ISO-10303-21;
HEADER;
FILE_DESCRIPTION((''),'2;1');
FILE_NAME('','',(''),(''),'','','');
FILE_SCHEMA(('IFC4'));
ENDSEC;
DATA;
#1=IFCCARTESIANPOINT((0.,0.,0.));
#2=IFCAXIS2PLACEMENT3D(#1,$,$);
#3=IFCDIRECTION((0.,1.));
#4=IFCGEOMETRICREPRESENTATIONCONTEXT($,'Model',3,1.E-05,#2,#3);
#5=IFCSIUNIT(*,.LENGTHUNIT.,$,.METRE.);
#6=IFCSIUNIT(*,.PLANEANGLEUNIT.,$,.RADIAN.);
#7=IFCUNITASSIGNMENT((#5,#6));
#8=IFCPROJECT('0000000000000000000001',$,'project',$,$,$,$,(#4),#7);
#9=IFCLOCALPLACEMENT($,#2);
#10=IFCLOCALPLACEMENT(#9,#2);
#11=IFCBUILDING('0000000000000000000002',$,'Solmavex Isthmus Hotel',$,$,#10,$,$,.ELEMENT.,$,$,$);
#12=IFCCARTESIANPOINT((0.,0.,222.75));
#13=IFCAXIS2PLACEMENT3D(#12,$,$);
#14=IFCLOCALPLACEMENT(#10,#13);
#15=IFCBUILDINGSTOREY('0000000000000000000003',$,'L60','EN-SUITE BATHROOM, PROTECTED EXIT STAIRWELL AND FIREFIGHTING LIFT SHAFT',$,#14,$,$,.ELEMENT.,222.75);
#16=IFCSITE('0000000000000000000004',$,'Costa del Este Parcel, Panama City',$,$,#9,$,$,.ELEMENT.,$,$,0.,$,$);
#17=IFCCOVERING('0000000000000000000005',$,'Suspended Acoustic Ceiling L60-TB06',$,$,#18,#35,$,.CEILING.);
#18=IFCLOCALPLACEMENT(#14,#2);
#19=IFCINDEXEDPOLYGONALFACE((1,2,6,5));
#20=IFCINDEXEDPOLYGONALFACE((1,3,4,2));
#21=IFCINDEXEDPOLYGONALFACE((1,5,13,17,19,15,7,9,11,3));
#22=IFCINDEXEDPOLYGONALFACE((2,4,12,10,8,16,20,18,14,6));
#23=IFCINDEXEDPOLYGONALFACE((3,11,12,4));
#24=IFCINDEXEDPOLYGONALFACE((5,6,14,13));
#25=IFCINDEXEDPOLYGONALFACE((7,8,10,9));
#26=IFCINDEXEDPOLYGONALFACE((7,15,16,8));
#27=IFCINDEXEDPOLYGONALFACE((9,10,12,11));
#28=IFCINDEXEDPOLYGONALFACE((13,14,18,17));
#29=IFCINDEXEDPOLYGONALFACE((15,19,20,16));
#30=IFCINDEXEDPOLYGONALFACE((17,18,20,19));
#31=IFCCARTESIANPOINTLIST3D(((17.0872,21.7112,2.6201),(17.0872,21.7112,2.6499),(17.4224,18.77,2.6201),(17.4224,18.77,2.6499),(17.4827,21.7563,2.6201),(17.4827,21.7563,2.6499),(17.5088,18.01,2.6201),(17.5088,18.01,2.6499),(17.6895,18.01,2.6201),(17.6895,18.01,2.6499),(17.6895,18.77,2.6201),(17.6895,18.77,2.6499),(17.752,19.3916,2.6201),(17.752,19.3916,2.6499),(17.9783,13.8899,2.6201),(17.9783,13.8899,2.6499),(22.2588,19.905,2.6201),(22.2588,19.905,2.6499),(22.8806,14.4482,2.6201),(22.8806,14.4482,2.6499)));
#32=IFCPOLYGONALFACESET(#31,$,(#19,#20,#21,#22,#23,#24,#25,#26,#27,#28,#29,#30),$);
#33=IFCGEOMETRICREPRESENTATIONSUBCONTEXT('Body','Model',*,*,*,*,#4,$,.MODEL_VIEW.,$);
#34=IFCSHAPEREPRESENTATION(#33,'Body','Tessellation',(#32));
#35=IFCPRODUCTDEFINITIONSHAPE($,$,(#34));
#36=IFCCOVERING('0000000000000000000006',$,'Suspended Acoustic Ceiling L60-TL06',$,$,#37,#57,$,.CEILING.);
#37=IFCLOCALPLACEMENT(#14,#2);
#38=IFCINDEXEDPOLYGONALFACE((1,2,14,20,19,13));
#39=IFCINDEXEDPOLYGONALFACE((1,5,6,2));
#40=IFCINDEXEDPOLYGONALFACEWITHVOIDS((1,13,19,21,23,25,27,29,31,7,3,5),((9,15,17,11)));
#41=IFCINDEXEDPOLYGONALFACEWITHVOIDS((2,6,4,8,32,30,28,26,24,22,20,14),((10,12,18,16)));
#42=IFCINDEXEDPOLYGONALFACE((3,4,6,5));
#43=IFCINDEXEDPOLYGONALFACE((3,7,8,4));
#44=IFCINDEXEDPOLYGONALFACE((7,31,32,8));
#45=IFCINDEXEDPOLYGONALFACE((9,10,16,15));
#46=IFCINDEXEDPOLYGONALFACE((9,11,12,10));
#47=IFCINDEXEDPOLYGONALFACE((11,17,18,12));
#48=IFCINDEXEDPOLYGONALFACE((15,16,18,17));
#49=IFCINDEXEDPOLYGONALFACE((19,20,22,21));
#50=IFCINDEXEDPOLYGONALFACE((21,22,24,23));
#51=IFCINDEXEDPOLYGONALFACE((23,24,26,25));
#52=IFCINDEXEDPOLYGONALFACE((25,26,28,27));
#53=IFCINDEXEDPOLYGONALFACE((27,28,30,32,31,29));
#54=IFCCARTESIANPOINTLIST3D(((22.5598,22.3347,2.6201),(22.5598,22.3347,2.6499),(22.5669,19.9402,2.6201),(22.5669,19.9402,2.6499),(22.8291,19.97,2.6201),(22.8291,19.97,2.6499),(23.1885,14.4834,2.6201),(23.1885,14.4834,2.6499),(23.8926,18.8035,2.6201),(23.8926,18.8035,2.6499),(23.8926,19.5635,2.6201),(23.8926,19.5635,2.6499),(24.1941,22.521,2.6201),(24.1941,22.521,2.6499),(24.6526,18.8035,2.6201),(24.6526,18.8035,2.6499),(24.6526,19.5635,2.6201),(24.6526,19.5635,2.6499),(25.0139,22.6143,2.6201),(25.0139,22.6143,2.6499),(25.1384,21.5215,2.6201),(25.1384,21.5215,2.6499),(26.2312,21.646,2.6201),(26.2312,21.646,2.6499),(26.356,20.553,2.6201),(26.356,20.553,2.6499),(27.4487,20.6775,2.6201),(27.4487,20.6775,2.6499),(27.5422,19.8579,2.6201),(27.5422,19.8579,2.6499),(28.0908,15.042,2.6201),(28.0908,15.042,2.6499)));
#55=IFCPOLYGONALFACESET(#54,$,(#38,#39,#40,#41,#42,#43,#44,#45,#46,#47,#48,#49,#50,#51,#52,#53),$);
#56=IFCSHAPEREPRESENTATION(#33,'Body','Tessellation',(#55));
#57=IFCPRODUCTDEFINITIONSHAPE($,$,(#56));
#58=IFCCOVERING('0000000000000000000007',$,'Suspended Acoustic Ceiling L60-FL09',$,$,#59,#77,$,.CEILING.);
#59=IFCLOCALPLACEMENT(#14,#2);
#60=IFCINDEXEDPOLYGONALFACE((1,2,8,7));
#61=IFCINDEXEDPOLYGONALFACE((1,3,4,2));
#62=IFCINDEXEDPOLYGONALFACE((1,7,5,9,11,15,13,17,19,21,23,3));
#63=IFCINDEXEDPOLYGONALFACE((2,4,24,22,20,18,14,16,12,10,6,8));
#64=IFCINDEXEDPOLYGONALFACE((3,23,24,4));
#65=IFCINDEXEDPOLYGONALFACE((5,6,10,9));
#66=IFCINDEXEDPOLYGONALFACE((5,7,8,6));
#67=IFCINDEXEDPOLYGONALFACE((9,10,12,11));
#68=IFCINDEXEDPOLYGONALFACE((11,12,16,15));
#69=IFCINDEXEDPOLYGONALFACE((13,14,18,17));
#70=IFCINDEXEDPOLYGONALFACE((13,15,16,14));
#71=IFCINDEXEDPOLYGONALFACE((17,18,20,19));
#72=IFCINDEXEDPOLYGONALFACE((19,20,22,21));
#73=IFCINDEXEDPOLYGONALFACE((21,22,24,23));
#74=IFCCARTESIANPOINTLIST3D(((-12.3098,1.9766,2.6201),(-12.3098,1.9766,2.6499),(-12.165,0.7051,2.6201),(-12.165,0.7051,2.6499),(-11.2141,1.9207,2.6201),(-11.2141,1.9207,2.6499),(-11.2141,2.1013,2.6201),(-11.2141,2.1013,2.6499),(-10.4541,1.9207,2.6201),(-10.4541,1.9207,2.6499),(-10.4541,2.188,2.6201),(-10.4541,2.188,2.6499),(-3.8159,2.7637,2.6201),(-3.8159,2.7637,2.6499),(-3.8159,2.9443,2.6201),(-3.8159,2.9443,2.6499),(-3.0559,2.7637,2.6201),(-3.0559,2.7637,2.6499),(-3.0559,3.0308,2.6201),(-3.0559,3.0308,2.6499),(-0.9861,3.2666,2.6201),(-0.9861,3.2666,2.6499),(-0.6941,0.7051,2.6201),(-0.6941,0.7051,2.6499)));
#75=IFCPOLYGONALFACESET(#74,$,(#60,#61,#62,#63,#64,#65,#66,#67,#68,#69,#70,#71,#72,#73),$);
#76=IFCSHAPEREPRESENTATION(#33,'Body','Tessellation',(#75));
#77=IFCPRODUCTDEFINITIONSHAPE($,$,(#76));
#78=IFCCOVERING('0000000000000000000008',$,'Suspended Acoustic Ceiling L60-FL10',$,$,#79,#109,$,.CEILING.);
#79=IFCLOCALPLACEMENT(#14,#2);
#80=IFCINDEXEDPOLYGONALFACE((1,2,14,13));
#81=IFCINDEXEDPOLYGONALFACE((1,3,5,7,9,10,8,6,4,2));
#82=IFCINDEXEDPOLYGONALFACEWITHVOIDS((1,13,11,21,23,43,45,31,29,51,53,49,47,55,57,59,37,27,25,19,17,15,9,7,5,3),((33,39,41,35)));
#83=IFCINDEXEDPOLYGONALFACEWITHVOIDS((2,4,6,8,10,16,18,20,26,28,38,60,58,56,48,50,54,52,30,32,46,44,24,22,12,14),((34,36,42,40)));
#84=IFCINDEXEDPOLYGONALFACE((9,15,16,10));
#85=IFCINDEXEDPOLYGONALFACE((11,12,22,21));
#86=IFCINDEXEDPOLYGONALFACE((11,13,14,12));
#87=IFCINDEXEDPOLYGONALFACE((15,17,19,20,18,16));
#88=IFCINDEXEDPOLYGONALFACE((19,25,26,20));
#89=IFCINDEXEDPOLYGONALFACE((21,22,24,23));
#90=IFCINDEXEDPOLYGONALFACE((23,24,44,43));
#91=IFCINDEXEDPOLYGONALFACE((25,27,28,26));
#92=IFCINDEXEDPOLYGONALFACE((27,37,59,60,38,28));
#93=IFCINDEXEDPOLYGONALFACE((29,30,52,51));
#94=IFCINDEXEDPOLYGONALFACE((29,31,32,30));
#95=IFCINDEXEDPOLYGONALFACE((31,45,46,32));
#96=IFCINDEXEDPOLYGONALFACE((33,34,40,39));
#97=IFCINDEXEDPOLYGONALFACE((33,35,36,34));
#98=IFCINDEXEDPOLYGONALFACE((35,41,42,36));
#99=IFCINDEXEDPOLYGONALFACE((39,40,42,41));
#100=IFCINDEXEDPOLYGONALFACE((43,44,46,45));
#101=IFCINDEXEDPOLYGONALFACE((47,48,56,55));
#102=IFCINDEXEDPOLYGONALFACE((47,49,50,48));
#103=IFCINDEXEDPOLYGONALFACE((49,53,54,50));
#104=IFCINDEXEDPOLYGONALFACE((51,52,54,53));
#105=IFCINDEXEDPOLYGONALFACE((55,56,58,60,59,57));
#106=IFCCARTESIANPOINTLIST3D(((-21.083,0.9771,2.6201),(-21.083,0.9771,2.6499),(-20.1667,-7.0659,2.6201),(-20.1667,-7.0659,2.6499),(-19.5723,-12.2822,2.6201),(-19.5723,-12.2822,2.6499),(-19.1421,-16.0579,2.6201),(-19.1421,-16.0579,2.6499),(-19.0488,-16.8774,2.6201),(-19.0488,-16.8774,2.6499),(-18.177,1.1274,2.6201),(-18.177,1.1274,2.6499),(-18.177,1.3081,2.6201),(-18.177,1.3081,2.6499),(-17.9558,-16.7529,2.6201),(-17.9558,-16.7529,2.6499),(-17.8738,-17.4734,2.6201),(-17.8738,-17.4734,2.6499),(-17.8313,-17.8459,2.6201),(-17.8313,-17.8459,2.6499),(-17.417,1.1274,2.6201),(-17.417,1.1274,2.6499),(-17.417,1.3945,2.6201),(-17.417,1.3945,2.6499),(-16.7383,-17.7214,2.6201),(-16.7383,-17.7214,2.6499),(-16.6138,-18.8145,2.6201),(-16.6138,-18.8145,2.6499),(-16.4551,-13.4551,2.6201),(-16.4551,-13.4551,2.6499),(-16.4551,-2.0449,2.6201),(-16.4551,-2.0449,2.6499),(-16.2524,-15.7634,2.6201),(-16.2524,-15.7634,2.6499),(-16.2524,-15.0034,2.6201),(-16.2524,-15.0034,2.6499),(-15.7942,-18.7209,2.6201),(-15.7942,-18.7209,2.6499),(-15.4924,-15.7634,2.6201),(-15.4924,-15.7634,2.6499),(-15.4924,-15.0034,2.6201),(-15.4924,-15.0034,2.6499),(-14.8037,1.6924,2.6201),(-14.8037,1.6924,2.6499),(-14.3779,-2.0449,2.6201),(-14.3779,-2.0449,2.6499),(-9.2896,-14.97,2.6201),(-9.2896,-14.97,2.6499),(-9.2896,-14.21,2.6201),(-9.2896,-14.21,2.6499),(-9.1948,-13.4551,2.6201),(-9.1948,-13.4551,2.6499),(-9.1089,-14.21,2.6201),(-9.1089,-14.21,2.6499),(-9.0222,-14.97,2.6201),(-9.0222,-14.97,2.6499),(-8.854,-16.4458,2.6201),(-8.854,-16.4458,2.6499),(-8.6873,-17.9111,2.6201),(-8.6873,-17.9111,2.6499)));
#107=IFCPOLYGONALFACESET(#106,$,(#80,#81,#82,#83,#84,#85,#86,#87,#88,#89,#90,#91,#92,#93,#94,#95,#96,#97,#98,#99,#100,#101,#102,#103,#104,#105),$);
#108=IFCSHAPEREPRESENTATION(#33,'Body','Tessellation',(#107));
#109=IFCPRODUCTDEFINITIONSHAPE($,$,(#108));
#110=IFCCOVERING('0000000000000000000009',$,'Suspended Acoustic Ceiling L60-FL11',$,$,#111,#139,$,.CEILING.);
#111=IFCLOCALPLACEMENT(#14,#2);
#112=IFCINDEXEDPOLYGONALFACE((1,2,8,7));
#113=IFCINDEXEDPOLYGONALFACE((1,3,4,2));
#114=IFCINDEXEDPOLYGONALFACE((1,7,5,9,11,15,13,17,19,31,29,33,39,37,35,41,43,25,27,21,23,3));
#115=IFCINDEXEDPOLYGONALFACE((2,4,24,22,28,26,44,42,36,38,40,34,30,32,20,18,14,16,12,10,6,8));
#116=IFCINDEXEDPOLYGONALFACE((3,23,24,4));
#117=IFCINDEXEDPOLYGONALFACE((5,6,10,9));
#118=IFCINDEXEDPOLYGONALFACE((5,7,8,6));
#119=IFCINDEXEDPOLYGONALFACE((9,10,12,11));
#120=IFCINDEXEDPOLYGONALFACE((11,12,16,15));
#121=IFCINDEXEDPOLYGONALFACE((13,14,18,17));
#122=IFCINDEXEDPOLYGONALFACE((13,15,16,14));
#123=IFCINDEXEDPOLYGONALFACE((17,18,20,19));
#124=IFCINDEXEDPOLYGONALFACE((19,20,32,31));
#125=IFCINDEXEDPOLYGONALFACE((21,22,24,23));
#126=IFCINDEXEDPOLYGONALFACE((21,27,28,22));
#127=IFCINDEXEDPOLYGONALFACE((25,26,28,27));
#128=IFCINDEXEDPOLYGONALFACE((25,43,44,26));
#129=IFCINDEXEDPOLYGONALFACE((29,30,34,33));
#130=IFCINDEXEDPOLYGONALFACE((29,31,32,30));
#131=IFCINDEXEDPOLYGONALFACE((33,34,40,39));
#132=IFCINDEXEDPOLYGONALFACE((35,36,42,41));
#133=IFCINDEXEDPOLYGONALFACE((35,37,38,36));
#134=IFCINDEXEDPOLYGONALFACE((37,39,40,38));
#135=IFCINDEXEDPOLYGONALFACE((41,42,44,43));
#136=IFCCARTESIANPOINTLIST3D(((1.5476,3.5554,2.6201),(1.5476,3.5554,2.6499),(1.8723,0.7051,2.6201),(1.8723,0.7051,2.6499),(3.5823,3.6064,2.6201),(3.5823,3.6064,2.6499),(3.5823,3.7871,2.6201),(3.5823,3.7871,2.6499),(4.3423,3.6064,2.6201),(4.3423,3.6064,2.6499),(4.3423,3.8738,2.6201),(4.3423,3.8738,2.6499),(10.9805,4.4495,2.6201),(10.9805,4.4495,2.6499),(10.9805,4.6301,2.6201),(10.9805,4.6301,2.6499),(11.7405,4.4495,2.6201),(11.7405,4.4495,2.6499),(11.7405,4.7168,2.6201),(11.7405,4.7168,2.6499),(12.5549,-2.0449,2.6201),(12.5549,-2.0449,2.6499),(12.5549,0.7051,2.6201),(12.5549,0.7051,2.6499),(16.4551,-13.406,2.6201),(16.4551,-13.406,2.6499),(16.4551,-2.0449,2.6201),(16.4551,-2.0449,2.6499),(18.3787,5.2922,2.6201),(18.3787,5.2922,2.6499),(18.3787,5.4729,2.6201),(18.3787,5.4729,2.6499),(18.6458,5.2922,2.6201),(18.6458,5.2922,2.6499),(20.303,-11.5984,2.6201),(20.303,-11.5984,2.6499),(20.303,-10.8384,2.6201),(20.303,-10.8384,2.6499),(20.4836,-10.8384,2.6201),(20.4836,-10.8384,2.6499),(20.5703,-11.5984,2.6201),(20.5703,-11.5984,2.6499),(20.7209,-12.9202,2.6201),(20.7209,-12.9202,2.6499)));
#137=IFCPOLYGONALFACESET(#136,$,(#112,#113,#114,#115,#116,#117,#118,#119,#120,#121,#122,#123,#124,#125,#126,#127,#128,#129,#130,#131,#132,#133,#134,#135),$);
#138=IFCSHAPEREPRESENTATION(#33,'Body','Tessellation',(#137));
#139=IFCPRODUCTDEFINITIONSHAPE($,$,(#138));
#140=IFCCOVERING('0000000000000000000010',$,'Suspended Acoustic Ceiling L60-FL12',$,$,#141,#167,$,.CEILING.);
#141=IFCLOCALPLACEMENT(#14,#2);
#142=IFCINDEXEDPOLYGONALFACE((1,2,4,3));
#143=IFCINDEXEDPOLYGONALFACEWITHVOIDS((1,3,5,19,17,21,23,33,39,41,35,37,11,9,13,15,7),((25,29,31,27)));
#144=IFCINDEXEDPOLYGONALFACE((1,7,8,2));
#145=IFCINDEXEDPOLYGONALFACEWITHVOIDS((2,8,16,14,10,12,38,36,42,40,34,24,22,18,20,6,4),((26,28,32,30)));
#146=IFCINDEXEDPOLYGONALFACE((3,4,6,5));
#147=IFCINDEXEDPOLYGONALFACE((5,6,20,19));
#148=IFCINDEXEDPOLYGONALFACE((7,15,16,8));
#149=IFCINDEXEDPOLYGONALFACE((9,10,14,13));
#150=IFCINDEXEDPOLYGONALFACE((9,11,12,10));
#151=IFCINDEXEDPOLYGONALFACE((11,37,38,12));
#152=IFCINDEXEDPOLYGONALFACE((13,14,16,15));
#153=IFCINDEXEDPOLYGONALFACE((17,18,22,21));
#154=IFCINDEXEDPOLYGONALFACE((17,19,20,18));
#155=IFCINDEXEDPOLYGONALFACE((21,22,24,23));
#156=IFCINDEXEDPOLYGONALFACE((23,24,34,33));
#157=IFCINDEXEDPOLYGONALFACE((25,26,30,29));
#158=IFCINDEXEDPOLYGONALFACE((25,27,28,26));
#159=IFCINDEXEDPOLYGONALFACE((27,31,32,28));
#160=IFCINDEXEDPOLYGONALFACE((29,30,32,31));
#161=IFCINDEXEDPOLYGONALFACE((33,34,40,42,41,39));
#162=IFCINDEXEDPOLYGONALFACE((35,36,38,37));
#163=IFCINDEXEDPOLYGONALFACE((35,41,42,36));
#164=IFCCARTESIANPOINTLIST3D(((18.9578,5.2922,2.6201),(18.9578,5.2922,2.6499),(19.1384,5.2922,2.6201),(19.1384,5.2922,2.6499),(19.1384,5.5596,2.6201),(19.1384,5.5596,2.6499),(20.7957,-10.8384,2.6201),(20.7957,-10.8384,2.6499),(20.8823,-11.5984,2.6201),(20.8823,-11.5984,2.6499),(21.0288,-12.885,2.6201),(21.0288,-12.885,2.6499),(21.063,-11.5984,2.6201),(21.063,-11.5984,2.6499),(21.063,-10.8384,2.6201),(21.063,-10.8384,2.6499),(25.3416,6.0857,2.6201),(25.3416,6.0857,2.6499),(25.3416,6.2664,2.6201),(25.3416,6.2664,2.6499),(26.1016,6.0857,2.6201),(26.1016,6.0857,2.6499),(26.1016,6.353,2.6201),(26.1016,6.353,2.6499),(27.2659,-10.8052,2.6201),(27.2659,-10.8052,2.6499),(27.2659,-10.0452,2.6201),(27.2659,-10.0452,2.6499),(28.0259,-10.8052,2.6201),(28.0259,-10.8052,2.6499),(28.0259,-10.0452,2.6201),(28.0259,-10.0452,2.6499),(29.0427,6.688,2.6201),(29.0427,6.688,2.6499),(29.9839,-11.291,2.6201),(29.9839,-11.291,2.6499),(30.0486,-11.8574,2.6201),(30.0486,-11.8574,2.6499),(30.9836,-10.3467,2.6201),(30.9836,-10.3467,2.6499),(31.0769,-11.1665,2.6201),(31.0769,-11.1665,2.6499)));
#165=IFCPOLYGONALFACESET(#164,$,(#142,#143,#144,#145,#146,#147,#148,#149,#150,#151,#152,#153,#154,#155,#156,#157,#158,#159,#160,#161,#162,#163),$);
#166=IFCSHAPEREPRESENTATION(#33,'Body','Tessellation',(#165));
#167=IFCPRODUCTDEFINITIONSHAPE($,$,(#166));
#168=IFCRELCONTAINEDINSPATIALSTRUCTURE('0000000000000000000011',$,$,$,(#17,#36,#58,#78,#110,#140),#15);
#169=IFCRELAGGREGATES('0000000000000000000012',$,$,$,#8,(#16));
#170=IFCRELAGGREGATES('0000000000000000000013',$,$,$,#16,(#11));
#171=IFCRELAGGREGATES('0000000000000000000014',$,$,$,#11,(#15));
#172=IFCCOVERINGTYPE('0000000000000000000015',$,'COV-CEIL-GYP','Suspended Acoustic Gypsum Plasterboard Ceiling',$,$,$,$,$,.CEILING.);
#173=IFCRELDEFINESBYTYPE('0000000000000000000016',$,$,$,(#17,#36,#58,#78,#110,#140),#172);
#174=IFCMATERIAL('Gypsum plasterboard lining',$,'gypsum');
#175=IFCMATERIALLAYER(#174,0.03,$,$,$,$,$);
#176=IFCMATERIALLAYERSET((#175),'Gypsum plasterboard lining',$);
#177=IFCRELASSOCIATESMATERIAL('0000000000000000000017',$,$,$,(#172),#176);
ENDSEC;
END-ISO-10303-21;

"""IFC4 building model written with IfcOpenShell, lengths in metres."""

from ifc_helpers import new_model, si_unit, direction, frame, origin, place, context, subcontext, project, spatial, polyline, outline, extrude, material, layer, layer_set, type_object, element, save


model = new_model("IFC4")

# Units and contexts
model_context = context("Model", 3, precision=1e-05, world=origin(), true_north=direction((0.0, 1.0)))
body_context = subcontext(model_context, "Body", "Model", "MODEL_VIEW")
ifc_project = project(units=[si_unit("LENGTHUNIT", "METRE"), si_unit("PLANEANGLEUNIT", "RADIAN")], contexts=[model_context])

# Site, building, storey
site_placement = place(None, origin())
site = spatial("IfcSite", under=ifc_project, at=site_placement, Name="Costa del Este Parcel, Panama City", CompositionType="ELEMENT", RefElevation=0.0)
building_placement = place(site_placement, origin())
building = spatial("IfcBuilding", under=site, at=building_placement, Name="Solmavex Isthmus Hotel", CompositionType="ELEMENT")
storey_placement = place(building_placement, frame((0.0, 0.0, 222.75)))
storey = spatial("IfcBuildingStorey", under=building, at=storey_placement, Name="L60", Description="EN-SUITE BATHROOM, PROTECTED EXIT STAIRWELL AND FIREFIGHTING LIFT SHAFT", CompositionType="ELEMENT", Elevation=222.75)

# Shared definitions
ifc_material_1 = material(Name="Gypsum plasterboard lining", Category="gypsum")

# Coverings
ifc_layer_1 = layer(ifc_material_1, 0.03)
ifc_layer_set_1 = layer_set([ifc_layer_1], Name="Gypsum plasterboard lining")
covering_type_1 = type_object("IfcCoveringType", Name="COV-CEIL-GYP", Description="Suspended Acoustic Gypsum Plasterboard Ceiling", PredefinedType="CEILING", material=ifc_layer_set_1)
covering_1_placement = place(storey_placement, frame((0.0, 0.0, 2.6201)))
element("IfcCovering", 1, at=covering_1_placement, inside=storey, type_object=covering_type_1, Name="Suspended Acoustic Ceiling L60-TB06", PredefinedType="CEILING", context=body_context, shape_type="SweptSolid", body=[
    extrude(outline(polyline([(17.4224, 18.77), (17.6895, 18.77), (17.6895, 18.01), (17.5088, 18.01), (17.9783, 13.8899), (22.8806, 14.4482), (22.2588, 19.905), (17.752, 19.3916), (17.4827, 21.7563), (17.0872, 21.7112), (17.4224, 18.77)])), origin(), (0.0, 0.0, 1.0), 0.0298),
])
covering_2_placement = place(storey_placement, frame((0.0, 0.0, 2.6201)))
element("IfcCovering", 2, at=covering_2_placement, inside=storey, type_object=covering_type_1, Name="Suspended Acoustic Ceiling L60-TL06", PredefinedType="CEILING", context=body_context, shape_type="SweptSolid", body=[
    extrude(outline(polyline([(22.5598, 22.3347), (22.8291, 19.97), (22.5669, 19.9402), (23.1885, 14.4834), (28.0908, 15.042), (27.5422, 19.8579), (27.4487, 20.6775), (26.356, 20.553), (26.2312, 21.646), (25.1384, 21.5215), (25.0139, 22.6143), (24.1941, 22.521), (22.5598, 22.3347)]), holes=[polyline([(23.8926, 19.5635), (24.6526, 19.5635), (24.6526, 18.8035), (23.8926, 18.8035), (23.8926, 19.5635)])]), origin(), (0.0, 0.0, 1.0), 0.0298),
])
covering_3_placement = place(storey_placement, frame((0.0, 0.0, 2.6201)))
element("IfcCovering", 3, at=covering_3_placement, inside=storey, type_object=covering_type_1, Name="Suspended Acoustic Ceiling L60-FL09", PredefinedType="CEILING", context=body_context, shape_type="SweptSolid", body=[
    extrude(outline(polyline([(-10.4541, 2.188), (-10.4541, 1.9207), (-11.2141, 1.9207), (-11.2141, 2.1013), (-12.3098, 1.9766), (-12.165, 0.7051), (-0.6941, 0.7051), (-0.9861, 3.2666), (-3.0559, 3.0308), (-3.0559, 2.7637), (-3.8159, 2.7637), (-3.8159, 2.9443), (-10.4541, 2.188)])), origin(), (0.0, 0.0, 1.0), 0.0298),
])
covering_4_placement = place(storey_placement, frame((0.0, 0.0, 2.6201)))
element("IfcCovering", 4, at=covering_4_placement, inside=storey, type_object=covering_type_1, Name="Suspended Acoustic Ceiling L60-FL10", PredefinedType="CEILING", context=body_context, shape_type="SweptSolid", body=[
    extrude(outline(polyline([(-17.417, 1.3945), (-17.417, 1.1274), (-18.177, 1.1274), (-18.177, 1.3081), (-21.083, 0.9771), (-20.1667, -7.0659), (-19.5723, -12.2822), (-19.1421, -16.0579), (-19.0488, -16.8774), (-17.9558, -16.7529), (-17.8738, -17.4734), (-17.8313, -17.8459), (-16.7383, -17.7214), (-16.6138, -18.8145), (-15.7942, -18.7209), (-8.6873, -17.9111), (-8.854, -16.4458), (-9.0222, -14.97), (-9.2896, -14.97), (-9.2896, -14.21), (-9.1089, -14.21), (-9.1948, -13.4551), (-16.4551, -13.4551), (-16.4551, -2.0449), (-14.3779, -2.0449), (-14.8037, 1.6924), (-17.417, 1.3945)]), holes=[polyline([(-16.2524, -15.7634), (-16.2524, -15.0034), (-15.4924, -15.0034), (-15.4924, -15.7634), (-16.2524, -15.7634)])]), origin(), (0.0, 0.0, 1.0), 0.0298),
])
covering_5_placement = place(storey_placement, frame((0.0, 0.0, 2.6201)))
element("IfcCovering", 5, at=covering_5_placement, inside=storey, type_object=covering_type_1, Name="Suspended Acoustic Ceiling L60-FL11", PredefinedType="CEILING", context=body_context, shape_type="SweptSolid", body=[
    extrude(outline(polyline([(4.3423, 3.8738), (4.3423, 3.6064), (3.5823, 3.6064), (3.5823, 3.7871), (1.5476, 3.5554), (1.8723, 0.7051), (12.5549, 0.7051), (12.5549, -2.0449), (16.4551, -2.0449), (16.4551, -13.406), (20.7209, -12.9202), (20.5703, -11.5984), (20.303, -11.5984), (20.303, -10.8384), (20.4836, -10.8384), (18.6458, 5.2922), (18.3787, 5.2922), (18.3787, 5.4729), (11.7405, 4.7168), (11.7405, 4.4495), (10.9805, 4.4495), (10.9805, 4.6301), (4.3423, 3.8738)])), origin(), (0.0, 0.0, 1.0), 0.0298),
])
covering_6_placement = place(storey_placement, frame((0.0, 0.0, 2.6201)))
element("IfcCovering", 6, at=covering_6_placement, inside=storey, type_object=covering_type_1, Name="Suspended Acoustic Ceiling L60-FL12", PredefinedType="CEILING", context=body_context, shape_type="SweptSolid", body=[
    extrude(outline(polyline([(20.7957, -10.8384), (21.063, -10.8384), (21.063, -11.5984), (20.8823, -11.5984), (21.0288, -12.885), (30.0486, -11.8574), (29.9839, -11.291), (31.0769, -11.1665), (30.9836, -10.3467), (29.0427, 6.688), (26.1016, 6.353), (26.1016, 6.0857), (25.3416, 6.0857), (25.3416, 6.2664), (19.1384, 5.5596), (19.1384, 5.2922), (18.9578, 5.2922), (20.7957, -10.8384)]), holes=[polyline([(27.2659, -10.8052), (27.2659, -10.0452), (28.0259, -10.0452), (28.0259, -10.8052), (27.2659, -10.8052)])]), origin(), (0.0, 0.0, 1.0), 0.0298),
])

save(model, "model.ifc")
